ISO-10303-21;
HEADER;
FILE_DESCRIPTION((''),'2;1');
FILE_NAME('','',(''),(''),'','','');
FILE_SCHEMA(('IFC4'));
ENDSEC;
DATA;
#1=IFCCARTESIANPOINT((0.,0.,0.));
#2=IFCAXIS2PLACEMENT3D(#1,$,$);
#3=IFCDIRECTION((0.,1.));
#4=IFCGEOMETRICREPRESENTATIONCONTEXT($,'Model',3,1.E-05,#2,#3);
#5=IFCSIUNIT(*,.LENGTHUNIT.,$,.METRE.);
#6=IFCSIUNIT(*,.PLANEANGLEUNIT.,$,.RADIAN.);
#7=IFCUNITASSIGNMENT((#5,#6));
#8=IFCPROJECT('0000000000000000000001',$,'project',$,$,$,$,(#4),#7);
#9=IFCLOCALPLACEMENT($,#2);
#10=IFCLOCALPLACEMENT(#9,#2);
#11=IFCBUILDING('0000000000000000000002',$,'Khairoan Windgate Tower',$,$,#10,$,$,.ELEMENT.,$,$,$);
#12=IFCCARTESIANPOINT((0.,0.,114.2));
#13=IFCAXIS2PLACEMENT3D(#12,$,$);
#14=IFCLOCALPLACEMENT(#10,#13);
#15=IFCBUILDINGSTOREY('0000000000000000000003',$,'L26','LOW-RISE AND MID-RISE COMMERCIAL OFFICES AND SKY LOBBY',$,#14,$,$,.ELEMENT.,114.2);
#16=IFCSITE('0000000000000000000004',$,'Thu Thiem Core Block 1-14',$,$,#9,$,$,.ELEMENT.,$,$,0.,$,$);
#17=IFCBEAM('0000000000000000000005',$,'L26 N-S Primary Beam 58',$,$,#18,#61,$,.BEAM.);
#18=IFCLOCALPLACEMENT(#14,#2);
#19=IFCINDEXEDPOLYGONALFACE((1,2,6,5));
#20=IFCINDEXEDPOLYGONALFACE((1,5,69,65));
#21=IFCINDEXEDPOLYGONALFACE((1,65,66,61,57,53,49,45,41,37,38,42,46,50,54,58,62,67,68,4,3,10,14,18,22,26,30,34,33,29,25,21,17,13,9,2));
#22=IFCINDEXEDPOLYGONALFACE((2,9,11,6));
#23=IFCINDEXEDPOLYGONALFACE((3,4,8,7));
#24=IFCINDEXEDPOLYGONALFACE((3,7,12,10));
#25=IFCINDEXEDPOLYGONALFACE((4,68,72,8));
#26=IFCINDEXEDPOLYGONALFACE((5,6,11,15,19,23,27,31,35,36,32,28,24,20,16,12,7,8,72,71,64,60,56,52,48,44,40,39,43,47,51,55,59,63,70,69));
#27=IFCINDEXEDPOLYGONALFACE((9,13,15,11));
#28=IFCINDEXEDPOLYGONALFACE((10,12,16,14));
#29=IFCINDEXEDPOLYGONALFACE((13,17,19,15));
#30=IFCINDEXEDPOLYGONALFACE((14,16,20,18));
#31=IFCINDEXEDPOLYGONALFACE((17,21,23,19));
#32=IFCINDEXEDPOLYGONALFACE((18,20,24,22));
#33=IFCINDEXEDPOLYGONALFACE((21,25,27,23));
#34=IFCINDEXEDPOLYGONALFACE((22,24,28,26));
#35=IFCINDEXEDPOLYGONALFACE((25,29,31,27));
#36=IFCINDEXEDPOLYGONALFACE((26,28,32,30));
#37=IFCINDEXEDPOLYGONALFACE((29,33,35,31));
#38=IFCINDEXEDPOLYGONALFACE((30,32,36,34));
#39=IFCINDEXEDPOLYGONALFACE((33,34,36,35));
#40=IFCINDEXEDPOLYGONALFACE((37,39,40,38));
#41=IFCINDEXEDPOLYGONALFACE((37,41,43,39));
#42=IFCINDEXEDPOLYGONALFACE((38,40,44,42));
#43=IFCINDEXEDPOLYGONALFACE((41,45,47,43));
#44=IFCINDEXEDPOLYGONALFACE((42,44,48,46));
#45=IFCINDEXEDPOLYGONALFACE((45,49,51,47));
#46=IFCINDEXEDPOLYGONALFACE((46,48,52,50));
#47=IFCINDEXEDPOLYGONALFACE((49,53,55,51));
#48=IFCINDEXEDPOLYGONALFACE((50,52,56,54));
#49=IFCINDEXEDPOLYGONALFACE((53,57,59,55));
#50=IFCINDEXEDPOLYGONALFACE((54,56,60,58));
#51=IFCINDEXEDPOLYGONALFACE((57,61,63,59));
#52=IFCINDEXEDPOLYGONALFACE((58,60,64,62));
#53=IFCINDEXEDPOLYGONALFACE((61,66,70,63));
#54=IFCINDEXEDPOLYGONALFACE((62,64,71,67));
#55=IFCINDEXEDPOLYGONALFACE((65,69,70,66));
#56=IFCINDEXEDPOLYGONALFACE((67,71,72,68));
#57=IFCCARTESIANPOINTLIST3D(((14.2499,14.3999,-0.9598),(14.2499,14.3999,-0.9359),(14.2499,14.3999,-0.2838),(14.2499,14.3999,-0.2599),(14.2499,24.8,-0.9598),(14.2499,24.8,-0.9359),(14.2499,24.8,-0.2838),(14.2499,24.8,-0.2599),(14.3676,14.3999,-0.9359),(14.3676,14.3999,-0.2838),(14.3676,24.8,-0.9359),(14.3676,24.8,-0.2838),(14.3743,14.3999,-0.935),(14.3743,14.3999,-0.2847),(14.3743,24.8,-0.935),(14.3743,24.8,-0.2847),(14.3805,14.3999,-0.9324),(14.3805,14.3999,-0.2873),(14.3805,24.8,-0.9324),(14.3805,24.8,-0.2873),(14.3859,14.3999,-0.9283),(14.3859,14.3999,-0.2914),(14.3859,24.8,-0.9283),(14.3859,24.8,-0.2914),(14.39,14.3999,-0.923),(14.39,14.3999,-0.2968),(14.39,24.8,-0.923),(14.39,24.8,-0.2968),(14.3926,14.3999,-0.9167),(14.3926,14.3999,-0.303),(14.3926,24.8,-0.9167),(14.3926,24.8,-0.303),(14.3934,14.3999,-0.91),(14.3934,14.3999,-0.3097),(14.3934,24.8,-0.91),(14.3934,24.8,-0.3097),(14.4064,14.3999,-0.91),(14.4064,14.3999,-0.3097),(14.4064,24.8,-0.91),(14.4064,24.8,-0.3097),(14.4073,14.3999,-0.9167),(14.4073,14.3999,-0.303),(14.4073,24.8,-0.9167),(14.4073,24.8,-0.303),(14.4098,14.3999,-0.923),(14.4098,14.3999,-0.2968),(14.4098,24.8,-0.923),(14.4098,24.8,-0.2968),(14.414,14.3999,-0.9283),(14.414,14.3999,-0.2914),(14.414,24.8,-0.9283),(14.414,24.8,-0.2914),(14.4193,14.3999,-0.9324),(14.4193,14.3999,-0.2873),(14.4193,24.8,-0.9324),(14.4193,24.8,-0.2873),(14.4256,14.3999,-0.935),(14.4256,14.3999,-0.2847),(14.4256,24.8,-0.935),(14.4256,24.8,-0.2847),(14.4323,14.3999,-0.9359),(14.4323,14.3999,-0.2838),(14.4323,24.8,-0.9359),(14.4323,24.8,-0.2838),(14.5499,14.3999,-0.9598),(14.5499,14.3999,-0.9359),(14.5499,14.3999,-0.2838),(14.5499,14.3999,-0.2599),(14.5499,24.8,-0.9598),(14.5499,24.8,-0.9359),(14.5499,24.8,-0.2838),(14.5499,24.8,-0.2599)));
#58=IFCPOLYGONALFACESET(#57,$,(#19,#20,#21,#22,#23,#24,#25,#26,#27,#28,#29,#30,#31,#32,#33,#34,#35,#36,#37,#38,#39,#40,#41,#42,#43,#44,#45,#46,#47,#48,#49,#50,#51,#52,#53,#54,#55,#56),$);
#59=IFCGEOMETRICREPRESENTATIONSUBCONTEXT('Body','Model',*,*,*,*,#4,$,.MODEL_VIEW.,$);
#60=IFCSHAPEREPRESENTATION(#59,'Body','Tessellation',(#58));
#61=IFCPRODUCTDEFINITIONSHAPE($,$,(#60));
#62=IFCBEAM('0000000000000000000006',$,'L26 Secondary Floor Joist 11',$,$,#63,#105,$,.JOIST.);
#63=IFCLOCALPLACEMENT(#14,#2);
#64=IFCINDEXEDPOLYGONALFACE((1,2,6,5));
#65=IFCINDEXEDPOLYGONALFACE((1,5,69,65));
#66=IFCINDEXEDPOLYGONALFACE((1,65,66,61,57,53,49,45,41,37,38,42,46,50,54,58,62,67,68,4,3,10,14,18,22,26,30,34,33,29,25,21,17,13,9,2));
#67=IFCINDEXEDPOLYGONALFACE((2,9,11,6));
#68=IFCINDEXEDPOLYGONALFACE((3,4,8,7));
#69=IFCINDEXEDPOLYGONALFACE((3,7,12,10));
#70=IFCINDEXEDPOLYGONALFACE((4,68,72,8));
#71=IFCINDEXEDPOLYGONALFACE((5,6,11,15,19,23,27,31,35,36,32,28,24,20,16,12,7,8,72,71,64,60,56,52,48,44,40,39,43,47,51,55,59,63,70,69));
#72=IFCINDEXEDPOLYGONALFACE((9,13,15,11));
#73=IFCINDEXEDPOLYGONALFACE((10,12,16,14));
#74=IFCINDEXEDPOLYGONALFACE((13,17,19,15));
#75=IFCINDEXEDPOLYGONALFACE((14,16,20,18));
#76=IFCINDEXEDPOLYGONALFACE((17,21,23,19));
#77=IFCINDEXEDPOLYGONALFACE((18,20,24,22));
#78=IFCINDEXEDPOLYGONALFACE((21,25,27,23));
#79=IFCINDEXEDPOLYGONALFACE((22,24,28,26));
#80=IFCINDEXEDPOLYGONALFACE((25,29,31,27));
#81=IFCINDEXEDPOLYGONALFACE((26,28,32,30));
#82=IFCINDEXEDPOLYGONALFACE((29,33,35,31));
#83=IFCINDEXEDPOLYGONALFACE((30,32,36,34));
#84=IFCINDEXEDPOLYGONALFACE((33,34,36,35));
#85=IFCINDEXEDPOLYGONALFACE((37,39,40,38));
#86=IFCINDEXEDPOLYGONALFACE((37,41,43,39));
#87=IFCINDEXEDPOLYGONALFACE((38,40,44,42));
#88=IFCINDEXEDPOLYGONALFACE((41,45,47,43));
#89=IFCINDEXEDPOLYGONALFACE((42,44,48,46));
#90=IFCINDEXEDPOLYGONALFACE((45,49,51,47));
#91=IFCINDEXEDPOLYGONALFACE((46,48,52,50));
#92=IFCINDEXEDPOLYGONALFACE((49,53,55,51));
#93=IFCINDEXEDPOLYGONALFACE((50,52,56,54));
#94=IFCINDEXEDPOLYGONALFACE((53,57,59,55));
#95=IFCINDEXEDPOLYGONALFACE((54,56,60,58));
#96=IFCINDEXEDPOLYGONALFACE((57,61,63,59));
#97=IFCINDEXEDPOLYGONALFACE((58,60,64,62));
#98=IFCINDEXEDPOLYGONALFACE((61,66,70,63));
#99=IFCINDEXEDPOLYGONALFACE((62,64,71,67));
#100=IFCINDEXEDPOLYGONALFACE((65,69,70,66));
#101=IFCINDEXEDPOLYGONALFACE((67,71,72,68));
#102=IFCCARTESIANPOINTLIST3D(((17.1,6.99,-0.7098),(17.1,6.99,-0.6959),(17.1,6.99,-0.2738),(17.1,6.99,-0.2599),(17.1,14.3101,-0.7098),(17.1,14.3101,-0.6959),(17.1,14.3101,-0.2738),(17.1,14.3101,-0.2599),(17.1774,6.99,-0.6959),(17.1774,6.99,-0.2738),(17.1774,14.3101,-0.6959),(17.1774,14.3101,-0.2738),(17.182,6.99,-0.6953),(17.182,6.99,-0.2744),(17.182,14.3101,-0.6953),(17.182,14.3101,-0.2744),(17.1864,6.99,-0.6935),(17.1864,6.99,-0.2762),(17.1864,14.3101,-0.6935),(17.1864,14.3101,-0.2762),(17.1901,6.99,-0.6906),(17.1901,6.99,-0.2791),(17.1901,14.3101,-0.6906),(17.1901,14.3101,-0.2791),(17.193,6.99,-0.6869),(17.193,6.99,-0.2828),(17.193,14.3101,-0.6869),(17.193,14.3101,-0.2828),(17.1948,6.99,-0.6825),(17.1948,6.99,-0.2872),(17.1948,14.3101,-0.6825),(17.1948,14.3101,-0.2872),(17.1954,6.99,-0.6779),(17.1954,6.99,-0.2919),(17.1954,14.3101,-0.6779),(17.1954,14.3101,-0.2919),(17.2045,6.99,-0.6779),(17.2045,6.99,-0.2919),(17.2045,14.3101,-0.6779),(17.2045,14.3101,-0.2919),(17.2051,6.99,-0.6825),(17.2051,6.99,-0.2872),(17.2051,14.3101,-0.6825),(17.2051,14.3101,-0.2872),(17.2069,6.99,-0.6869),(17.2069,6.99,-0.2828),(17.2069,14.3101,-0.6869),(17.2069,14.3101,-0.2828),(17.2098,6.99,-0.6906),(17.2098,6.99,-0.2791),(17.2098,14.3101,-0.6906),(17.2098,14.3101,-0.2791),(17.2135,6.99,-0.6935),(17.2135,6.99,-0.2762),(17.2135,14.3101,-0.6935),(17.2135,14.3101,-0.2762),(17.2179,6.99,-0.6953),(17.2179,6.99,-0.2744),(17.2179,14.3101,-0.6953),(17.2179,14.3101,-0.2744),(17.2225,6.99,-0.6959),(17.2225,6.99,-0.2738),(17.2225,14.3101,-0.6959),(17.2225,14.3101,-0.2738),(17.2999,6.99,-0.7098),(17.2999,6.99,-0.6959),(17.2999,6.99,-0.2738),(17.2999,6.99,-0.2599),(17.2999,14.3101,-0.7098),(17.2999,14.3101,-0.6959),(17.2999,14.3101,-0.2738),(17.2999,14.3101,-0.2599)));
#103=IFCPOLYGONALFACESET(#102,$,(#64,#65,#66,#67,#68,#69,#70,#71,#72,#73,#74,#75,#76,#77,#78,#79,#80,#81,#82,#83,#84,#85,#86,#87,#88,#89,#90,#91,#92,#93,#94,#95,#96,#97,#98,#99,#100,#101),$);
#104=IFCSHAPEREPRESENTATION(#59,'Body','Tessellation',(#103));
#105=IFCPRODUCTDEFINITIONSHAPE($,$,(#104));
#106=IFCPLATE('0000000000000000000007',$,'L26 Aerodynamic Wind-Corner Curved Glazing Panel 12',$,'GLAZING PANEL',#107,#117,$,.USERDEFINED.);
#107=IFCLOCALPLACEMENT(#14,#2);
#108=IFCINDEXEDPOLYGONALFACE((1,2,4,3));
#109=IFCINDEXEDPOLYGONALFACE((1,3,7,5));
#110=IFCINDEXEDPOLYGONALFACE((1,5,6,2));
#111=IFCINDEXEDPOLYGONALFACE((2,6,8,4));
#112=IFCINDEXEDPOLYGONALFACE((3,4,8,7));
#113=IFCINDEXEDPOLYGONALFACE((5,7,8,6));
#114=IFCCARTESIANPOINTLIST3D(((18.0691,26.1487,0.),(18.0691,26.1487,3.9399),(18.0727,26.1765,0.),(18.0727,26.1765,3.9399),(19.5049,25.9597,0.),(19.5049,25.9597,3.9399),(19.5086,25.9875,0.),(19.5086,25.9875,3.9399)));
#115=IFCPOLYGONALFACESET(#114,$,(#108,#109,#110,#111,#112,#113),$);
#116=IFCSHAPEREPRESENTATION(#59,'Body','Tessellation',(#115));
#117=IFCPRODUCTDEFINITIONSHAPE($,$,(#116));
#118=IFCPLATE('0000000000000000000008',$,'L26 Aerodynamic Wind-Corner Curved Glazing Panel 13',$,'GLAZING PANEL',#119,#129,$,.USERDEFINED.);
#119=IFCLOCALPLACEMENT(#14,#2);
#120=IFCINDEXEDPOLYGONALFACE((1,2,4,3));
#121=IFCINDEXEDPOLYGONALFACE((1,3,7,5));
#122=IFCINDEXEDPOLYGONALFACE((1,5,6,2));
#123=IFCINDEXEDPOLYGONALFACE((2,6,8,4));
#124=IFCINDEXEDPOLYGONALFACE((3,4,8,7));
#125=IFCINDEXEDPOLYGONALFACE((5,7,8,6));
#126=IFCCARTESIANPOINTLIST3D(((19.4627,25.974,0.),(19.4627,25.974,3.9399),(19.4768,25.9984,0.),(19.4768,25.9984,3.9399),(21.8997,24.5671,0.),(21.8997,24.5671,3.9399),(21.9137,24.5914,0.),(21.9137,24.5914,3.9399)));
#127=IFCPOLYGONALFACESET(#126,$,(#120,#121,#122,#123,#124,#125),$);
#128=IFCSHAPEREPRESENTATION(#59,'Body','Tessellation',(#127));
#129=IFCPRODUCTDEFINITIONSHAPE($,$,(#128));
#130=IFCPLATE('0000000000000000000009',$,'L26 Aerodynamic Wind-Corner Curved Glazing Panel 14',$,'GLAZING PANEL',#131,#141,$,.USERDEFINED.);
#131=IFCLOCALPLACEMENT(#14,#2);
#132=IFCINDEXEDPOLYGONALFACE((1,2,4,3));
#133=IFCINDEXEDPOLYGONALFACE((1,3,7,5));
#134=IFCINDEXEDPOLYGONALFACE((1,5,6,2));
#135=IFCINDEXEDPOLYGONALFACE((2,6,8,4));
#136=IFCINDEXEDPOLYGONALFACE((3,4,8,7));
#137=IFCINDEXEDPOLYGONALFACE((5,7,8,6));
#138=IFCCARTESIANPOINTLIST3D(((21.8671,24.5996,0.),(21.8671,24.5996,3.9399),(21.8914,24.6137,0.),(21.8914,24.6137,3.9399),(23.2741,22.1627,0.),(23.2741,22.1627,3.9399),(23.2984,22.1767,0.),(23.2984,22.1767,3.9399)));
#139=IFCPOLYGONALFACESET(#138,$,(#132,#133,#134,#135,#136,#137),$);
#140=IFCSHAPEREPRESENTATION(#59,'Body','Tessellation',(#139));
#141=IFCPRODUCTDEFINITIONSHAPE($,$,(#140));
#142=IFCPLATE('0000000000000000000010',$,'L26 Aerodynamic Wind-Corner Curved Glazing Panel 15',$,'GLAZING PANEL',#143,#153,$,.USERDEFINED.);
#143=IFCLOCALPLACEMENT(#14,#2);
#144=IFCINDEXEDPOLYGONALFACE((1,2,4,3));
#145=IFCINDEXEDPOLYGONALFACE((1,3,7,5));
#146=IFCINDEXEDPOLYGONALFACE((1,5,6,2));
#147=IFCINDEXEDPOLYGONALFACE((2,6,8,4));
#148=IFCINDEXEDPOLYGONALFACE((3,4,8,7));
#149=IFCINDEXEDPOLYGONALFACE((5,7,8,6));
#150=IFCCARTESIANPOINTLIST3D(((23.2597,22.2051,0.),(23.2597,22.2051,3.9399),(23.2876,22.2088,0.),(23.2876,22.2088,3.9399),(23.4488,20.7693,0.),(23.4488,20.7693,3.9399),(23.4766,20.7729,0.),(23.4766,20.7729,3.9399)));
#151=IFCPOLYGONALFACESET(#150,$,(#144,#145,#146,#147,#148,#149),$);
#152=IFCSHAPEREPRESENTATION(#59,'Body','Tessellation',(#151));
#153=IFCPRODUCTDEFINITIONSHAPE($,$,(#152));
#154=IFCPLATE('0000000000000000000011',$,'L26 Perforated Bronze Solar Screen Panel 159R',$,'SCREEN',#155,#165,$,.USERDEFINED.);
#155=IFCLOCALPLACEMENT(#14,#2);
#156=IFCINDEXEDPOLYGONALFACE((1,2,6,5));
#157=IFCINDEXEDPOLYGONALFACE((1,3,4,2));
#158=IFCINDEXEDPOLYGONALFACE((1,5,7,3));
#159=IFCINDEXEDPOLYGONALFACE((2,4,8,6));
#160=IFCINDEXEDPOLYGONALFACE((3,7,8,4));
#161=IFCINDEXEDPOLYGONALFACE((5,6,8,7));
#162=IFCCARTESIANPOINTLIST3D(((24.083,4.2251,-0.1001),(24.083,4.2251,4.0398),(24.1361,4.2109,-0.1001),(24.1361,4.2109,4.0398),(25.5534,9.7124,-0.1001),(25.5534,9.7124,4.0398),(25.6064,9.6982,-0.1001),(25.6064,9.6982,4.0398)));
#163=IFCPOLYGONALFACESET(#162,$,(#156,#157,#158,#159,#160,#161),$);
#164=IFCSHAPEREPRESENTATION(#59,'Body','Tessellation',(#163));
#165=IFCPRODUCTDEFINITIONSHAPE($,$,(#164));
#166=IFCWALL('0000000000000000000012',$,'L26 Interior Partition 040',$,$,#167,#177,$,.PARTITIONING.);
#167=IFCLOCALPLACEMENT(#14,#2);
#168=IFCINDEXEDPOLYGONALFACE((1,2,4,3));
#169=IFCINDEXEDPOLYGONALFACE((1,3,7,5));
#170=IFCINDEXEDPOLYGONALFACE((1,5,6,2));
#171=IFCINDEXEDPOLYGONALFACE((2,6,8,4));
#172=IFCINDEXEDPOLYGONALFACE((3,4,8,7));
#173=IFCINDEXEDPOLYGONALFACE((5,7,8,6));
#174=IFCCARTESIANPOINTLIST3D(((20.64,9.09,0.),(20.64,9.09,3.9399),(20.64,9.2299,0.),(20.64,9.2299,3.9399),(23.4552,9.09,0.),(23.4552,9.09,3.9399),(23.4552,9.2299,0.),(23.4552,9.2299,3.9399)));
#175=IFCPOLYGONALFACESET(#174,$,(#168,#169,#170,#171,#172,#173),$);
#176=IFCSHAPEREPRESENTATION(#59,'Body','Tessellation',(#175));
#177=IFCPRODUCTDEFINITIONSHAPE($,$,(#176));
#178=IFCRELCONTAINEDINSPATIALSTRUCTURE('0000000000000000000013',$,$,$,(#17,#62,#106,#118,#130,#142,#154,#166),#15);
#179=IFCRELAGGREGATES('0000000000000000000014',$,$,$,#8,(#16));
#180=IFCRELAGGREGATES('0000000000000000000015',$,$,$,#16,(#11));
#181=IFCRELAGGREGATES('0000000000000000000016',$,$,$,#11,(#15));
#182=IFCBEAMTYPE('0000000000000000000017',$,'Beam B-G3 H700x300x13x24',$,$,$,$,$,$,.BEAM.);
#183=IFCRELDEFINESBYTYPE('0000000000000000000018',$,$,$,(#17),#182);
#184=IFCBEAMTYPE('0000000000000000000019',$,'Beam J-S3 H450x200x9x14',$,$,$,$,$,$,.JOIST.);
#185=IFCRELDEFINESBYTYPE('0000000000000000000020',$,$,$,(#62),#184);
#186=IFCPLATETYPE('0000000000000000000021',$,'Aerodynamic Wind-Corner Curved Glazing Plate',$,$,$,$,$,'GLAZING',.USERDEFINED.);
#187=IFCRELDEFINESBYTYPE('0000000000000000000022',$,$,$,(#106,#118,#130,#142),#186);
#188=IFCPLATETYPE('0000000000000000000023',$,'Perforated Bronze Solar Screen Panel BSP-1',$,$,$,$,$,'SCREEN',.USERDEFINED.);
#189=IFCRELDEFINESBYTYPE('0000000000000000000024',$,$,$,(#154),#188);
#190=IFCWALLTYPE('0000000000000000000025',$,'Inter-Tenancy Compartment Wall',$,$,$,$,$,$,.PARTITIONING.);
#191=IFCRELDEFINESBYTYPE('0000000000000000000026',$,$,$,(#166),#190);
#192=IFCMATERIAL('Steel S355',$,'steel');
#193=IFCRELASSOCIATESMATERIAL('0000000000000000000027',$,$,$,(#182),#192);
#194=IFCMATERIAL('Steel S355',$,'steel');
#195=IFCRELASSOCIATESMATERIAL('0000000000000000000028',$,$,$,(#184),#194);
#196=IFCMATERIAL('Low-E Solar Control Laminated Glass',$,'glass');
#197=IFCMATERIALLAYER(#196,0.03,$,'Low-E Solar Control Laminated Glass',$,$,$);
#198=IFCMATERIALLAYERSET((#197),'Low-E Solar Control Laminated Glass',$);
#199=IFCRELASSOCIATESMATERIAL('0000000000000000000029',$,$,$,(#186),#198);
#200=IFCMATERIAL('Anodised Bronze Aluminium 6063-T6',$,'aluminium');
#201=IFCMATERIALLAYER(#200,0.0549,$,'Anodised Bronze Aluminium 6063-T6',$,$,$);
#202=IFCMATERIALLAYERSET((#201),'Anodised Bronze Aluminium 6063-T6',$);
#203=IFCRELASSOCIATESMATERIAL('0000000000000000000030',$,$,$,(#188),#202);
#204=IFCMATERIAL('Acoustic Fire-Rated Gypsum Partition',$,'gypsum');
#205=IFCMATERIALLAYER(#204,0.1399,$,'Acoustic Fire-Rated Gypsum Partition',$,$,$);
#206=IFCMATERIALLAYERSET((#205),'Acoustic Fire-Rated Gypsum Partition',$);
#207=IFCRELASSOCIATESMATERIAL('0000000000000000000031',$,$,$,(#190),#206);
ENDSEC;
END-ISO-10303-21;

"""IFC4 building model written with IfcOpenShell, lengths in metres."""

from ifc_helpers import new_model, si_unit, direction, frame, frame_2d, origin, origin_2d, place, context, subcontext, project, spatial, rectangle, i_section, extrude, material, layer, layer_set, material_profile, profile_set, type_object, element, save


model = new_model("IFC4")

# Units and contexts
model_context = context("Model", 3, precision=1e-05, world=origin(), true_north=direction((0.0, 1.0)))
body_context = subcontext(model_context, "Body", "Model", "MODEL_VIEW")
ifc_project = project(units=[si_unit("LENGTHUNIT", "METRE"), si_unit("PLANEANGLEUNIT", "RADIAN")], contexts=[model_context])

# Site, building, storey
site_placement = place(None, origin())
site = spatial("IfcSite", under=ifc_project, at=site_placement, Name="Thu Thiem Core Block 1-14", CompositionType="ELEMENT", RefElevation=0.0)
building_placement = place(site_placement, origin())
building = spatial("IfcBuilding", under=site, at=building_placement, Name="Khairoan Windgate Tower", CompositionType="ELEMENT")
storey_placement = place(building_placement, frame((0.0, 0.0, 114.2)))
storey = spatial("IfcBuildingStorey", under=building, at=storey_placement, Name="L26", Description="LOW-RISE AND MID-RISE COMMERCIAL OFFICES AND SKY LOBBY", CompositionType="ELEMENT", Elevation=114.2)

# Beams
ifc_material_1 = material(Name="Steel S355", Category="steel")
ifc_material_profile_1 = material_profile(ifc_material_1, i_section(OverallWidth=0.3, OverallDepth=0.7, WebThickness=0.0129, FlangeThickness=0.0239, FilletRadius=0.0259, at=origin_2d()))
ifc_profile_set_1 = profile_set([ifc_material_profile_1], Name="Steel S355")
beam_type_1 = type_object("IfcBeamType", Name="Beam B-G3 H700x300x13x24", PredefinedType="BEAM", material=ifc_profile_set_1)
beam_1_placement = place(storey_placement, frame((14.3999, 14.3999, -0.6099), z_axis=(0.0, 1.0, 0.0), x_axis=(-1.0, 0.0, 0.0)))
element("IfcBeam", 1, at=beam_1_placement, inside=storey, type_object=beam_type_1, Name="L26 N-S Primary Beam 58", PredefinedType="BEAM", context=body_context, shape_type="SweptSolid", body=[
    extrude(i_section(OverallWidth=0.3, OverallDepth=0.7, WebThickness=0.0129, FlangeThickness=0.0239, FilletRadius=0.0259, at=origin_2d()), origin(), (0.0, 0.0, 1.0), 10.4001),
])
ifc_material_2 = material(Name="Steel S355", Category="steel")
ifc_material_profile_2 = material_profile(ifc_material_2, i_section(OverallWidth=0.2, OverallDepth=0.45, WebThickness=0.009, FlangeThickness=0.0139, FilletRadius=0.0181, at=origin_2d()))
ifc_profile_set_2 = profile_set([ifc_material_profile_2], Name="Steel S355")
beam_type_2 = type_object("IfcBeamType", Name="Beam J-S3 H450x200x9x14", PredefinedType="JOIST", material=ifc_profile_set_2)
beam_2_placement = place(storey_placement, frame((17.2, 6.99, -0.4849), z_axis=(0.0, 1.0, 0.0), x_axis=(-1.0, 0.0, 0.0)))
element("IfcBeam", 2, at=beam_2_placement, inside=storey, type_object=beam_type_2, Name="L26 Secondary Floor Joist 11", PredefinedType="JOIST", context=body_context, shape_type="SweptSolid", body=[
    extrude(i_section(OverallWidth=0.2, OverallDepth=0.45, WebThickness=0.009, FlangeThickness=0.0139, FilletRadius=0.0181, at=origin_2d()), origin(), (0.0, 0.0, 1.0), 7.3201),
])

# Plates
ifc_material_3 = material(Name="Low-E Solar Control Laminated Glass", Category="glass")
ifc_layer_1 = layer(ifc_material_3, 0.03, Name="Low-E Solar Control Laminated Glass")
ifc_layer_set_1 = layer_set([ifc_layer_1], Name="Low-E Solar Control Laminated Glass")
plate_type_1 = type_object("IfcPlateType", Name="Aerodynamic Wind-Corner Curved Glazing Plate", ElementType="GLAZING", PredefinedType="USERDEFINED", material=ifc_layer_set_1)
plate_1_placement = place(storey_placement, frame((18.7888, 26.0681, 0.0), z_axis=(0.0, 0.0, 1.0), x_axis=(0.991445, -0.130526, 0.0)))
element("IfcPlate", 3, at=plate_1_placement, inside=storey, type_object=plate_type_1, Name="L26 Aerodynamic Wind-Corner Curved Glazing Panel 12", ObjectType="GLAZING PANEL", PredefinedType="USERDEFINED", context=body_context, shape_type="SweptSolid", body=[
    extrude(rectangle(XDim=1.4482, YDim=0.0281, at=origin_2d()), origin(), (0.0, 0.0, 1.0), 3.9399),
])
for number, where, z_axis, x_axis, name in (
    (4, (20.6882, 25.2827, 0.0), (0.0, 0.0, 1.0), (0.866025, -0.5, 0.0), "L26 Aerodynamic Wind-Corner Curved Glazing Panel 13"),
    (5, (22.5828, 23.3882, 0.0), (0.0, 0.0, 1.0), (0.5, -0.866025, 0.0), "L26 Aerodynamic Wind-Corner Curved Glazing Panel 14"),
):
    element("IfcPlate", number, at=place(storey_placement, frame(where, z_axis=z_axis, x_axis=x_axis)), inside=storey, type_object=plate_type_1, Name=name, ObjectType="GLAZING PANEL", PredefinedType="USERDEFINED", context=body_context, shape_type="SweptSolid", body=[
        extrude(rectangle(XDim=2.814, YDim=0.0281, at=origin_2d()), origin(), (0.0, 0.0, 1.0), 3.9399),
    ])
plate_2_placement = place(storey_placement, frame((23.3682, 21.489, 0.0), z_axis=(0.0, 0.0, 1.0), x_axis=(0.130526, -0.991445, 0.0)))
element("IfcPlate", 6, at=plate_2_placement, inside=storey, type_object=plate_type_1, Name="L26 Aerodynamic Wind-Corner Curved Glazing Panel 15", ObjectType="GLAZING PANEL", PredefinedType="USERDEFINED", context=body_context, shape_type="SweptSolid", body=[
    extrude(rectangle(XDim=1.4482, YDim=0.0281, at=origin_2d()), origin(), (0.0, 0.0, 1.0), 3.9399),
])

# Plate
ifc_material_4 = material(Name="Anodised Bronze Aluminium 6063-T6", Category="aluminium")
ifc_layer_2 = layer(ifc_material_4, 0.0549, Name="Anodised Bronze Aluminium 6063-T6")
ifc_layer_set_2 = layer_set([ifc_layer_2], Name="Anodised Bronze Aluminium 6063-T6")
plate_type_2 = type_object("IfcPlateType", Name="Perforated Bronze Solar Screen Panel BSP-1", ElementType="SCREEN", PredefinedType="USERDEFINED", material=ifc_layer_set_2)
plate_3_placement = place(storey_placement, frame((24.8447, 6.9617, -0.1001), z_axis=(0.0, 0.0, 1.0), x_axis=(-0.258819, -0.965926, 0.0)))
element("IfcPlate", 7, at=plate_3_placement, inside=storey, type_object=plate_type_2, Name="L26 Perforated Bronze Solar Screen Panel 159R", ObjectType="SCREEN", PredefinedType="USERDEFINED", context=body_context, shape_type="SweptSolid", body=[
    extrude(rectangle(XDim=5.6809, YDim=0.0549, at=origin_2d()), origin(), (0.0, 0.0, 1.0), 4.1399),
])

# Wall
ifc_material_5 = material(Name="Acoustic Fire-Rated Gypsum Partition", Category="gypsum")
ifc_layer_3 = layer(ifc_material_5, 0.1399, Name="Acoustic Fire-Rated Gypsum Partition")
ifc_layer_set_3 = layer_set([ifc_layer_3], Name="Acoustic Fire-Rated Gypsum Partition")
wall_type_1 = type_object("IfcWallType", Name="Inter-Tenancy Compartment Wall", PredefinedType="PARTITIONING", material=ifc_layer_set_3)
wall_1_placement = place(storey_placement, frame((20.6399, 9.1599, 0.0), z_axis=(0.0, 0.0, 1.0), x_axis=(1.0, 0.0, 0.0)))
element("IfcWall", 8, at=wall_1_placement, inside=storey, type_object=wall_type_1, Name="L26 Interior Partition 040", PredefinedType="PARTITIONING", context=body_context, shape_type="SweptSolid", body=[
    extrude(rectangle(XDim=2.8152, YDim=0.1399, at=frame_2d((1.4077, 0.0))), origin(), (0.0, 0.0, 1.0), 3.9399),
])

save(model, "model.ifc")
